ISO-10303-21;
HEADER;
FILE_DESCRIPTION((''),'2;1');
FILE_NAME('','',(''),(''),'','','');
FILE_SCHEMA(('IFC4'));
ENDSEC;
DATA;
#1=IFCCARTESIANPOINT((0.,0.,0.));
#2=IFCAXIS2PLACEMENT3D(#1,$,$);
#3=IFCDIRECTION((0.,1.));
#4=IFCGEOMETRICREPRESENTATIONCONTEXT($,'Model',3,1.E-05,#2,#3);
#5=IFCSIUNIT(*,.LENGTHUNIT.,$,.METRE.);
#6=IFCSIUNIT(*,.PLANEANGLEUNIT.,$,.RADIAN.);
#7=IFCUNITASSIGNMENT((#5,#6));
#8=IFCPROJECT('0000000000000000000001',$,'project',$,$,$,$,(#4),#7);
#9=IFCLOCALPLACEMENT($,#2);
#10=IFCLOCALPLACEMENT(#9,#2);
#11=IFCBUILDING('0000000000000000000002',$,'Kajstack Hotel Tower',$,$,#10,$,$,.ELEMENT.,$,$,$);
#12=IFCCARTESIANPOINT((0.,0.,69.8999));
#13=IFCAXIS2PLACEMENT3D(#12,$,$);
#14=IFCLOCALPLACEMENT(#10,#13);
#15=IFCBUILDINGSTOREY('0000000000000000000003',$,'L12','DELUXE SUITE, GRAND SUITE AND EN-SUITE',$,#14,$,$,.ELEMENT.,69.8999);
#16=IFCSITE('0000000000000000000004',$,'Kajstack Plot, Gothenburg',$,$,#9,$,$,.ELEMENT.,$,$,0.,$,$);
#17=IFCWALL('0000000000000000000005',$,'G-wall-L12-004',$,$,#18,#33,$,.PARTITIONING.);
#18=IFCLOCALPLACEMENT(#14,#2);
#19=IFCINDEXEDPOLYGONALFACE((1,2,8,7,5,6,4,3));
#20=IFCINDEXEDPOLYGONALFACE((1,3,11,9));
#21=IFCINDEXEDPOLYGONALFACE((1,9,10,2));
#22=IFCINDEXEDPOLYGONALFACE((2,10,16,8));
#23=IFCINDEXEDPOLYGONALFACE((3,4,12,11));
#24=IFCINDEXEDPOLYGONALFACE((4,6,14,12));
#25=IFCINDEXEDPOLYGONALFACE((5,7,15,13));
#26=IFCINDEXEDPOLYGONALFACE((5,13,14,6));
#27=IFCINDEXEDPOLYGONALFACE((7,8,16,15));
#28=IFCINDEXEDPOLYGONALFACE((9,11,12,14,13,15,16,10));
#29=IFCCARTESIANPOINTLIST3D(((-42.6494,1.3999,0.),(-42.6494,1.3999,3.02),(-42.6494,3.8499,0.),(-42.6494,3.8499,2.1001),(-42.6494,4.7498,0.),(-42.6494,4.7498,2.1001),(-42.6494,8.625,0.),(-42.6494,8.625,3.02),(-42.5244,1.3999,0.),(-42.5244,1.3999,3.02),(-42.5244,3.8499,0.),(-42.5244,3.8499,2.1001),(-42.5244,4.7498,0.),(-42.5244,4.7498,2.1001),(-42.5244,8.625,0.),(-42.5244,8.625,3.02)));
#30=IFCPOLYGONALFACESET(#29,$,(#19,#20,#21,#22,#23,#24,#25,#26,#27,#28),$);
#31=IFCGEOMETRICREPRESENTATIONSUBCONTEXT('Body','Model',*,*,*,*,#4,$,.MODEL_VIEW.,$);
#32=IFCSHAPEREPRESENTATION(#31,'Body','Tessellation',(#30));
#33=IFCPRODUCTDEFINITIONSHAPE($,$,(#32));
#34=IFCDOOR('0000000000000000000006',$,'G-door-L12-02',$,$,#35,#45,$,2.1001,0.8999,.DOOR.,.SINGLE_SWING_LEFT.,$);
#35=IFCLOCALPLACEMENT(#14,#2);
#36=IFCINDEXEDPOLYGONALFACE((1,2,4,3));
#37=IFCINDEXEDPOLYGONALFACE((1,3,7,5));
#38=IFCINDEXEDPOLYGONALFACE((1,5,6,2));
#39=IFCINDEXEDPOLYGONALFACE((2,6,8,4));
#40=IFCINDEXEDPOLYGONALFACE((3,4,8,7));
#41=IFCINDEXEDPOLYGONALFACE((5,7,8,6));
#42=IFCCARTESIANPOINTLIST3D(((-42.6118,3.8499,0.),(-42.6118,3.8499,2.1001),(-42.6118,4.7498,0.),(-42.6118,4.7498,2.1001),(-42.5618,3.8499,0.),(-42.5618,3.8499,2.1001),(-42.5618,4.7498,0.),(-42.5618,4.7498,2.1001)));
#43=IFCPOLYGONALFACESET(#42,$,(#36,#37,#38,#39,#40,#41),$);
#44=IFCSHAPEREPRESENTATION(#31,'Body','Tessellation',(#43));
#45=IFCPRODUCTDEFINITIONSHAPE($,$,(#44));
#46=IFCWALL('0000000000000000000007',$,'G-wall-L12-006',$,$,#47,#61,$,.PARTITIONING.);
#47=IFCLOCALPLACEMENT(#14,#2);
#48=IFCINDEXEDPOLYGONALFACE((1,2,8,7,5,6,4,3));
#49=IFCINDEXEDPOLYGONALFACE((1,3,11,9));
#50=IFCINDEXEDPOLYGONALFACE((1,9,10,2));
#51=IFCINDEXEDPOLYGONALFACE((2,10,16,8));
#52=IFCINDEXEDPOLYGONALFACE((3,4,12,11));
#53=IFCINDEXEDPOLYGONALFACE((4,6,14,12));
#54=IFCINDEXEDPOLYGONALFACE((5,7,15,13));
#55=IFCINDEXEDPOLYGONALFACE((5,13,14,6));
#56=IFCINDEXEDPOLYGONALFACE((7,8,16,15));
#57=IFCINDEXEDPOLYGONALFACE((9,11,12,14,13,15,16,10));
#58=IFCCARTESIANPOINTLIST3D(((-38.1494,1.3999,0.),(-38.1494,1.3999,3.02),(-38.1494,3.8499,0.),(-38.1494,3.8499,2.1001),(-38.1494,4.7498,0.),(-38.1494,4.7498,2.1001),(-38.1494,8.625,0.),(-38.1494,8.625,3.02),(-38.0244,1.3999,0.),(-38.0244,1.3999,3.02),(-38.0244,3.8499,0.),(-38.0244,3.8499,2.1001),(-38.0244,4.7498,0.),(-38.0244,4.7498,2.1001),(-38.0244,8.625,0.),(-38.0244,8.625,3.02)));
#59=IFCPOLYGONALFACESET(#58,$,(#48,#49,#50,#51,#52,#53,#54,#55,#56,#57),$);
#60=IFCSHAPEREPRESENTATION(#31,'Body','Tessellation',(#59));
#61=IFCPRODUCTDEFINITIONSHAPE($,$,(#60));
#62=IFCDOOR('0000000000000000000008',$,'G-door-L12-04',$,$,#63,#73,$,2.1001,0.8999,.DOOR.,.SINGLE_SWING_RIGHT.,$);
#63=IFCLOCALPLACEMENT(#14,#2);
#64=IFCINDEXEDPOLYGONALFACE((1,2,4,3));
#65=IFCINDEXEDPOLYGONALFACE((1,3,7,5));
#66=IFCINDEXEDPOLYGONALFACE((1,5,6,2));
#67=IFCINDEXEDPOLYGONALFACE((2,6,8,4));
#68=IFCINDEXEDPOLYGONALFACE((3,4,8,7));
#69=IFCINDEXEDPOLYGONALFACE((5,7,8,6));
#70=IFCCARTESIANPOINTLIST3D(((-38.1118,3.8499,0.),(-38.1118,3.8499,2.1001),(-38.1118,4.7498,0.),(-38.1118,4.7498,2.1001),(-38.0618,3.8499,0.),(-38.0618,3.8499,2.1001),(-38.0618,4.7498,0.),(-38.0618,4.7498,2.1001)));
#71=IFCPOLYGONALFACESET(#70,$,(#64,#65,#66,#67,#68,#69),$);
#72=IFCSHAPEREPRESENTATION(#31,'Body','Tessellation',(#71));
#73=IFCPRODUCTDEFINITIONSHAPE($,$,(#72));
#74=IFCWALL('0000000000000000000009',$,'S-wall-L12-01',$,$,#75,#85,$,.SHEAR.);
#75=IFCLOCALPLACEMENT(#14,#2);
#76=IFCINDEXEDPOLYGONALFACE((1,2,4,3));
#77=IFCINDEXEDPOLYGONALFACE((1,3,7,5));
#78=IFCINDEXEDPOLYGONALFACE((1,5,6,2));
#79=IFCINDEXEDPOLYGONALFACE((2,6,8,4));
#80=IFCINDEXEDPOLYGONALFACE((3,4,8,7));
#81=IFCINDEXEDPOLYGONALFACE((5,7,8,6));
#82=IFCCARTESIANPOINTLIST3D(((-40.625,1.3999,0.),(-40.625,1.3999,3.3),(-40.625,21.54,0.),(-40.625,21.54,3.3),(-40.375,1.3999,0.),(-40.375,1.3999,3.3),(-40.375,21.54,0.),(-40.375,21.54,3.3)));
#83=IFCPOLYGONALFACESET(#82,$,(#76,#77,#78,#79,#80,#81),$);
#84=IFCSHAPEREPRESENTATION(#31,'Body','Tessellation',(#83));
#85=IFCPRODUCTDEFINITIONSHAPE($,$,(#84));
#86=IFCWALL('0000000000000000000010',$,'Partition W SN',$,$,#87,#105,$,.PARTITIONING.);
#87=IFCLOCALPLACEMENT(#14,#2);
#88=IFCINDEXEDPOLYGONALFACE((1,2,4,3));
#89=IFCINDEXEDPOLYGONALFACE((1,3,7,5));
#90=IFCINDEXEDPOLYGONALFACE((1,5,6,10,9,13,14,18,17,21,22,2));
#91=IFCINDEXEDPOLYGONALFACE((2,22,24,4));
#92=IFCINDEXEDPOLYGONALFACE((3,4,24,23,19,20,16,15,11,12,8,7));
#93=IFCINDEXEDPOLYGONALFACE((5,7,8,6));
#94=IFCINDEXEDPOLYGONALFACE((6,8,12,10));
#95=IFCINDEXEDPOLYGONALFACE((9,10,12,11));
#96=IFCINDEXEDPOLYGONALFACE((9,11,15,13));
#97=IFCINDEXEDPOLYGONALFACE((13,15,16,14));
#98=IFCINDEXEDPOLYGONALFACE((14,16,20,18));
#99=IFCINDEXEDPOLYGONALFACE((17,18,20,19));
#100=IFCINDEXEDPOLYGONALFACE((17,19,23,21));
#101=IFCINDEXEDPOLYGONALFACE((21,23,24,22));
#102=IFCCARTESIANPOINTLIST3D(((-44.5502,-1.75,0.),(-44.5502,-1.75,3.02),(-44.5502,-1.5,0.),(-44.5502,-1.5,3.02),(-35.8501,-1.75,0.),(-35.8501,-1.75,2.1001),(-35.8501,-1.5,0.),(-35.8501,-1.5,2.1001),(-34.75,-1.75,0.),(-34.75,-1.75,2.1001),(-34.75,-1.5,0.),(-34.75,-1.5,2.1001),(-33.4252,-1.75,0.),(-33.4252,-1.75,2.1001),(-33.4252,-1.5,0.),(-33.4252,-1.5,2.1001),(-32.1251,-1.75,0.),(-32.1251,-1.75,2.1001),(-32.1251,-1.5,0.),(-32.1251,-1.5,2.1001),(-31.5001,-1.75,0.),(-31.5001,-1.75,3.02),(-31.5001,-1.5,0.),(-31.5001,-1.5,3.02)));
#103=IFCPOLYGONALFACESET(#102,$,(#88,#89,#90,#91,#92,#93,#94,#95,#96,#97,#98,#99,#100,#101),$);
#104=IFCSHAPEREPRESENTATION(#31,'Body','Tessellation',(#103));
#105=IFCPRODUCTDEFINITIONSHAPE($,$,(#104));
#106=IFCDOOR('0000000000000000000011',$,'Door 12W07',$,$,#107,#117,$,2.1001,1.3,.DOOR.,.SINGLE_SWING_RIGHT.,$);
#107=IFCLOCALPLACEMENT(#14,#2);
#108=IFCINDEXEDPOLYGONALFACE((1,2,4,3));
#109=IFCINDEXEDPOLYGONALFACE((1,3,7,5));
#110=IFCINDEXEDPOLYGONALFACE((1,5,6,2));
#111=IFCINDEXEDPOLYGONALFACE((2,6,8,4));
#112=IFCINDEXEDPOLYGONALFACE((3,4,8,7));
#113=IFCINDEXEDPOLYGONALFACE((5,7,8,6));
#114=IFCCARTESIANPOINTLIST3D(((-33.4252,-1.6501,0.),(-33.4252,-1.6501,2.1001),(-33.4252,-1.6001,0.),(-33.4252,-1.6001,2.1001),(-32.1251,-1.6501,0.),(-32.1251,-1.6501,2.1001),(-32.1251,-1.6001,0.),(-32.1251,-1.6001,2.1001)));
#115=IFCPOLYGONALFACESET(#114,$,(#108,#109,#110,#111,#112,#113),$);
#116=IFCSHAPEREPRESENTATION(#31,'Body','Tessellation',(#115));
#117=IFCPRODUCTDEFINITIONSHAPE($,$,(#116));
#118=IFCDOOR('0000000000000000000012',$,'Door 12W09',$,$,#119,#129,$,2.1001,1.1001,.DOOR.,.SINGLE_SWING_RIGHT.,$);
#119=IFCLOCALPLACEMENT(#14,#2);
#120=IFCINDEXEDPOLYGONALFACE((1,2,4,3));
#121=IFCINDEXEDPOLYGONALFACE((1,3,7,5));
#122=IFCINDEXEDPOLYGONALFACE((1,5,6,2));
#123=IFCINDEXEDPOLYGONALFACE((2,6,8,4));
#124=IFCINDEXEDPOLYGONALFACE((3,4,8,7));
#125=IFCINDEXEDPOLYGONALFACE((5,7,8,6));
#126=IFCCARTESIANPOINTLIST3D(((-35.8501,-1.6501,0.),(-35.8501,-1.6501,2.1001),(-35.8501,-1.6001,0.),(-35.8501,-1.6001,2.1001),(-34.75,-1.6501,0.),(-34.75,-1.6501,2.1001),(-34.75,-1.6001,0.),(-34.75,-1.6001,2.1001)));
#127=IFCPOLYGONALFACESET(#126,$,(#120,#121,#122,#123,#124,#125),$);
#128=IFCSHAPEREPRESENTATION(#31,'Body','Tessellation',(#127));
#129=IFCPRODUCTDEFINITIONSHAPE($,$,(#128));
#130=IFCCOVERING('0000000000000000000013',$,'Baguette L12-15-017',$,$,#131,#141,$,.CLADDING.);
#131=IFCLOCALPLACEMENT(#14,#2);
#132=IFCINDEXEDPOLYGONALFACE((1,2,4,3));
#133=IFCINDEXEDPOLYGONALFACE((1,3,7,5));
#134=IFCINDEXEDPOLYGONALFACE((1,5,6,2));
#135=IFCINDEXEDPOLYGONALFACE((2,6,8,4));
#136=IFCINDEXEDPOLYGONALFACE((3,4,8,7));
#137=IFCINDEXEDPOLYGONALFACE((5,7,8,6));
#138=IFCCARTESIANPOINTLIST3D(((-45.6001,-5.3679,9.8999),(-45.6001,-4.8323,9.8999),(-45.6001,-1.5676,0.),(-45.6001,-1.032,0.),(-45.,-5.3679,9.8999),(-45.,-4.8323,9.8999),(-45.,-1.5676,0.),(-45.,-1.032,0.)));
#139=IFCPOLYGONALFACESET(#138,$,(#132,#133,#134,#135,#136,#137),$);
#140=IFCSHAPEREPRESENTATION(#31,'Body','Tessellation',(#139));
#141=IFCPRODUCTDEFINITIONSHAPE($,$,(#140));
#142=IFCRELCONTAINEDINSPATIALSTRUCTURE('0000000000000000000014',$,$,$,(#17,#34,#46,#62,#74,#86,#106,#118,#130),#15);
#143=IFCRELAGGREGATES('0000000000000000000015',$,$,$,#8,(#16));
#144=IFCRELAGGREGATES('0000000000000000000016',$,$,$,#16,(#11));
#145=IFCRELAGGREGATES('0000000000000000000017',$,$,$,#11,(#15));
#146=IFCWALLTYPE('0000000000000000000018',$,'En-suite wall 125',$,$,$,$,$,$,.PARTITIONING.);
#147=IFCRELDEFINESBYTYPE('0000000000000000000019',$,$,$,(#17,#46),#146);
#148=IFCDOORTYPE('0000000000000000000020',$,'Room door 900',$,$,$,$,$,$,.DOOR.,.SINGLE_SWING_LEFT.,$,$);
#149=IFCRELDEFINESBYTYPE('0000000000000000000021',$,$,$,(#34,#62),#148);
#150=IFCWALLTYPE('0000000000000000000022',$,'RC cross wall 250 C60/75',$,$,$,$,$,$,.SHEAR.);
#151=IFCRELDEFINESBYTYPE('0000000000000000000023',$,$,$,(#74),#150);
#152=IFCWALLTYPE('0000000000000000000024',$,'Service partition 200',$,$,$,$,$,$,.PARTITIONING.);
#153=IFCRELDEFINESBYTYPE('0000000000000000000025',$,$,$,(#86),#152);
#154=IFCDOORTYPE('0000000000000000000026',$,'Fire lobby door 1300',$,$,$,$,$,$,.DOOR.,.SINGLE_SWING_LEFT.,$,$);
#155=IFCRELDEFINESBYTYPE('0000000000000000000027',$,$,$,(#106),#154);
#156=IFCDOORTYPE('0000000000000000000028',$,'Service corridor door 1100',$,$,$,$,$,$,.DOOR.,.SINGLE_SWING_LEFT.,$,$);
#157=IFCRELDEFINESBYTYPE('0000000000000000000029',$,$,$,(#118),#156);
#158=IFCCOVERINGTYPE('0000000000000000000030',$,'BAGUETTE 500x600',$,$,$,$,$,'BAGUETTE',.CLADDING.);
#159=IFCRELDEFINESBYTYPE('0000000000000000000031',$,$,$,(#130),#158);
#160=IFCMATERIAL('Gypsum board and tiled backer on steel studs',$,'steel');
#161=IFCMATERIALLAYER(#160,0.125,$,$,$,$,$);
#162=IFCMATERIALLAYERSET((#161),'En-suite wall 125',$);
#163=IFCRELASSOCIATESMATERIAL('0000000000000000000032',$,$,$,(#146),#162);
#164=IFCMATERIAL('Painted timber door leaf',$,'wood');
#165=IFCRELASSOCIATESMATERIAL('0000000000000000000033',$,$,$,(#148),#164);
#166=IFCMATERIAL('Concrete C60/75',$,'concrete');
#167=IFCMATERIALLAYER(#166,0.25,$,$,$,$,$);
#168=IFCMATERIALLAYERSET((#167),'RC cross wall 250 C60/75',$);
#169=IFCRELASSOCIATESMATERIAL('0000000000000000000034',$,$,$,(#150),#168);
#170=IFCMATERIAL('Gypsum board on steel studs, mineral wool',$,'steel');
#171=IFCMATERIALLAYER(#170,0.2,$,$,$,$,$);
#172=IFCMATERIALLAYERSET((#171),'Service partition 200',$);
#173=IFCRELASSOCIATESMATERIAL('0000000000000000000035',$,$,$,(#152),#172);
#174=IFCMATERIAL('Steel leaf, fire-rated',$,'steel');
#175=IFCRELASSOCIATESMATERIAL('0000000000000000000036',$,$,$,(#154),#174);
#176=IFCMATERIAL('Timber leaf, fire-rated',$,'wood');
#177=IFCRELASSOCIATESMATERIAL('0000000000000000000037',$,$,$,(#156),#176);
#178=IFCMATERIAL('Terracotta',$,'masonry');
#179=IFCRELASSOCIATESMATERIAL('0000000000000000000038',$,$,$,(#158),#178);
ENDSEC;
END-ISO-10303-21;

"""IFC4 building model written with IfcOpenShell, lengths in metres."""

from ifc_helpers import new_model, si_unit, direction, frame, frame_2d, origin, origin_2d, place, context, subcontext, project, spatial, polyline, rectangle, outline, extrude, material, layer, layer_set, material_profile, profile_set, type_object, element, fill, save


model = new_model("IFC4")

# Units and contexts
model_context = context("Model", 3, precision=1e-05, world=origin(), true_north=direction((0.0, 1.0)))
body_context = subcontext(model_context, "Body", "Model", "MODEL_VIEW")
ifc_project = project(units=[si_unit("LENGTHUNIT", "METRE"), si_unit("PLANEANGLEUNIT", "RADIAN")], contexts=[model_context])

# Site, building, storey
site_placement = place(None, origin())
site = spatial("IfcSite", under=ifc_project, at=site_placement, Name="Kajstack Plot, Gothenburg", CompositionType="ELEMENT", RefElevation=0.0)
building_placement = place(site_placement, origin())
building = spatial("IfcBuilding", under=site, at=building_placement, Name="Kajstack Hotel Tower", CompositionType="ELEMENT")
storey_placement = place(building_placement, frame((0.0, 0.0, 69.8999)))
storey = spatial("IfcBuildingStorey", under=building, at=storey_placement, Name="L12", Description="DELUXE SUITE, GRAND SUITE AND EN-SUITE", CompositionType="ELEMENT", Elevation=69.8999)

# Shared definitions
ifc_material_1 = material(Name="Gypsum board on steel studs, mineral wool", Category="steel")

# Walls, openings, doors
ifc_material_2 = material(Name="Gypsum board and tiled backer on steel studs", Category="steel")
ifc_layer_1 = layer(ifc_material_2, 0.125)
ifc_layer_set_1 = layer_set([ifc_layer_1], Name="En-suite wall 125")
wall_type_1 = type_object("IfcWallType", Name="En-suite wall 125", PredefinedType="PARTITIONING", material=ifc_layer_set_1)
wall_1_placement = place(storey_placement, frame((-42.5869, 1.3999, 0.0), z_axis=(0.0, 0.0, 1.0), x_axis=(0.0, 1.0, 0.0)))
wall_1 = element("IfcWall", 1, at=wall_1_placement, inside=storey, type_object=wall_type_1, Name="G-wall-L12-004", PredefinedType="PARTITIONING", context=body_context, shape_type="SweptSolid", body=[
    extrude(rectangle(XDim=7.2251, YDim=0.125, at=frame_2d((3.6125, 0.0))), origin(), (0.0, 0.0, 1.0), 3.02),
])
opening_1_placement = place(wall_1_placement, frame((2.45, 0.0, 0.0)))
opening_1 = element("IfcOpeningElement", 2, at=opening_1_placement, cuts=wall_1, PredefinedType="OPENING", context=body_context, shape_type="SweptSolid", body=[
    extrude(rectangle(XDim=0.8999, YDim=2.1001, at=frame_2d((0.45, 1.05))), frame((0.0, 0.0725, 0.0), z_axis=(0.0, -1.0, 0.0), x_axis=(1.0, 0.0, 0.0)), (0.0, 0.0, 1.0), 0.145),
])
ifc_material_3 = material(Name="Painted timber door leaf", Category="wood")
door_type_1 = type_object("IfcDoorType", Name="Room door 900", OperationType="SINGLE_SWING_LEFT", PredefinedType="DOOR", material=ifc_material_3)
door_1_placement = place(opening_1_placement, origin())
door_1 = element("IfcDoor", 3, at=door_1_placement, inside=storey, type_object=door_type_1, Name="G-door-L12-02", OperationType="SINGLE_SWING_LEFT", OverallHeight=2.1001, OverallWidth=0.8999, PredefinedType="DOOR", context=body_context, shape_type="SweptSolid", body=[
    extrude(rectangle(XDim=0.8999, YDim=2.1001, at=frame_2d((0.45, 1.05))), frame((0.0, 0.0249, 0.0), z_axis=(0.0, -1.0, 0.0), x_axis=(1.0, 0.0, 0.0)), (0.0, 0.0, 1.0), 0.05),
])
fill(opening_1, door_1)
wall_2_placement = place(storey_placement, frame((-38.0869, 1.3999, 0.0), z_axis=(0.0, 0.0, 1.0), x_axis=(0.0, 1.0, 0.0)))
wall_2 = element("IfcWall", 4, at=wall_2_placement, inside=storey, type_object=wall_type_1, Name="G-wall-L12-006", PredefinedType="PARTITIONING", context=body_context, shape_type="SweptSolid", body=[
    extrude(rectangle(XDim=7.2251, YDim=0.125, at=frame_2d((3.6125, 0.0))), origin(), (0.0, 0.0, 1.0), 3.02),
])
opening_2_placement = place(wall_2_placement, frame((2.45, 0.0, 0.0)))
opening_2 = element("IfcOpeningElement", 5, at=opening_2_placement, cuts=wall_2, PredefinedType="OPENING", context=body_context, shape_type="SweptSolid", body=[
    extrude(rectangle(XDim=0.8999, YDim=2.1001, at=frame_2d((0.45, 1.05))), frame((0.0, 0.0725, 0.0), z_axis=(0.0, -1.0, 0.0), x_axis=(1.0, 0.0, 0.0)), (0.0, 0.0, 1.0), 0.145),
])
door_2_placement = place(opening_2_placement, origin())
door_2 = element("IfcDoor", 6, at=door_2_placement, inside=storey, type_object=door_type_1, Name="G-door-L12-04", OperationType="SINGLE_SWING_RIGHT", OverallHeight=2.1001, OverallWidth=0.8999, PredefinedType="DOOR", context=body_context, shape_type="SweptSolid", body=[
    extrude(rectangle(XDim=0.8999, YDim=2.1001, at=frame_2d((0.45, 1.05))), frame((0.0, 0.0249, 0.0), z_axis=(0.0, -1.0, 0.0), x_axis=(1.0, 0.0, 0.0)), (0.0, 0.0, 1.0), 0.05),
])
fill(opening_2, door_2)

# Wall
ifc_material_4 = material(Name="Concrete C60/75", Category="concrete")
ifc_layer_2 = layer(ifc_material_4, 0.25)
ifc_layer_set_2 = layer_set([ifc_layer_2], Name="RC cross wall 250 C60/75")
wall_type_2 = type_object("IfcWallType", Name="RC cross wall 250 C60/75", PredefinedType="SHEAR", material=ifc_layer_set_2)
wall_3_placement = place(storey_placement, frame((-40.5, 1.3999, 0.0), z_axis=(0.0, 0.0, 1.0), x_axis=(0.0, 1.0, 0.0)))
element("IfcWall", 7, at=wall_3_placement, inside=storey, type_object=wall_type_2, Name="S-wall-L12-01", PredefinedType="SHEAR", context=body_context, shape_type="SweptSolid", body=[
    extrude(rectangle(XDim=20.1401, YDim=0.25, at=frame_2d((10.0701, 0.0))), origin(), (0.0, 0.0, 1.0), 3.3),
])

# Wall, openings, doors
ifc_layer_3 = layer(ifc_material_1, 0.2)
ifc_layer_set_3 = layer_set([ifc_layer_3], Name="Service partition 200")
wall_type_3 = type_object("IfcWallType", Name="Service partition 200", PredefinedType="PARTITIONING", material=ifc_layer_set_3)
wall_4_placement = place(storey_placement, frame((-44.55, -1.625, 0.0), z_axis=(0.0, 0.0, 1.0), x_axis=(1.0, 0.0, 0.0)))
wall_4 = element("IfcWall", 8, at=wall_4_placement, inside=storey, type_object=wall_type_3, Name="Partition W SN", PredefinedType="PARTITIONING", context=body_context, shape_type="SweptSolid", body=[
    extrude(rectangle(XDim=13.05, YDim=0.25, at=frame_2d((6.5249, 0.0))), origin(), (0.0, 0.0, 1.0), 3.02),
])
opening_3_placement = place(wall_4_placement, frame((11.125, 0.0, 0.0)))
opening_3 = element("IfcOpeningElement", 9, at=opening_3_placement, cuts=wall_4, PredefinedType="OPENING", context=body_context, shape_type="SweptSolid", body=[
    extrude(rectangle(XDim=1.3, YDim=2.1001, at=frame_2d((0.6499, 1.05))), frame((0.0, 0.135, 0.0), z_axis=(0.0, -1.0, 0.0), x_axis=(1.0, 0.0, 0.0)), (0.0, 0.0, 1.0), 0.27),
])
opening_4_placement = place(wall_4_placement, frame((8.7, 0.0, 0.0)))
opening_4 = element("IfcOpeningElement", 10, at=opening_4_placement, cuts=wall_4, PredefinedType="OPENING", context=body_context, shape_type="SweptSolid", body=[
    extrude(rectangle(XDim=1.1001, YDim=2.1001, at=frame_2d((0.55, 1.05))), frame((0.0, 0.135, 0.0), z_axis=(0.0, -1.0, 0.0), x_axis=(1.0, 0.0, 0.0)), (0.0, 0.0, 1.0), 0.27),
])
ifc_material_5 = material(Name="Steel leaf, fire-rated", Category="steel")
door_type_2 = type_object("IfcDoorType", Name="Fire lobby door 1300", OperationType="SINGLE_SWING_LEFT", PredefinedType="DOOR", material=ifc_material_5)
door_3_placement = place(opening_3_placement, origin())
door_3 = element("IfcDoor", 11, at=door_3_placement, inside=storey, type_object=door_type_2, Name="Door 12W07", OperationType="SINGLE_SWING_RIGHT", OverallHeight=2.1001, OverallWidth=1.3, PredefinedType="DOOR", context=body_context, shape_type="SweptSolid", body=[
    extrude(rectangle(XDim=1.3, YDim=2.1001, at=frame_2d((0.6499, 1.05))), frame((0.0, 0.0249, 0.0), z_axis=(0.0, -1.0, 0.0), x_axis=(1.0, 0.0, 0.0)), (0.0, 0.0, 1.0), 0.05),
])
fill(opening_3, door_3)
ifc_material_6 = material(Name="Timber leaf, fire-rated", Category="wood")
door_type_3 = type_object("IfcDoorType", Name="Service corridor door 1100", OperationType="SINGLE_SWING_LEFT", PredefinedType="DOOR", material=ifc_material_6)
door_4_placement = place(opening_4_placement, origin())
door_4 = element("IfcDoor", 12, at=door_4_placement, inside=storey, type_object=door_type_3, Name="Door 12W09", OperationType="SINGLE_SWING_RIGHT", OverallHeight=2.1001, OverallWidth=1.1001, PredefinedType="DOOR", context=body_context, shape_type="SweptSolid", body=[
    extrude(rectangle(XDim=1.1001, YDim=2.1001, at=frame_2d((0.55, 1.05))), frame((0.0, 0.0249, 0.0), z_axis=(0.0, -1.0, 0.0), x_axis=(1.0, 0.0, 0.0)), (0.0, 0.0, 1.0), 0.05),
])
fill(opening_4, door_4)

# Covering
ifc_material_7 = material(Name="Terracotta", Category="masonry")
ifc_material_profile = material_profile(ifc_material_7, rectangle(XDim=0.6001, YDim=0.5, at=origin_2d()), Name="Terracotta-clad concrete baguette 500 x 600")
ifc_profile_set = profile_set([ifc_material_profile], Name="Terracotta")
covering_type = type_object("IfcCoveringType", Name="BAGUETTE 500x600", ElementType="BAGUETTE", PredefinedType="CLADDING", material=ifc_profile_set)
covering_placement = place(storey_placement, frame((-45.0, -1.032, 0.0), z_axis=(-1.0, 0.0, 0.0), x_axis=(0.0, -1.0, 0.0)))
element("IfcCovering", 13, at=covering_placement, inside=storey, type_object=covering_type, Name="Baguette L12-15-017", PredefinedType="CLADDING", context=body_context, shape_type="SweptSolid", body=[
    extrude(outline(polyline([(3.8003, 9.8999), (0.0, 0.0), (0.5356, 0.0), (4.3359, 9.8999), (3.8003, 9.8999)])), origin(), (0.0, 0.0, 1.0), 0.6001),
])

save(model, "model.ifc")
